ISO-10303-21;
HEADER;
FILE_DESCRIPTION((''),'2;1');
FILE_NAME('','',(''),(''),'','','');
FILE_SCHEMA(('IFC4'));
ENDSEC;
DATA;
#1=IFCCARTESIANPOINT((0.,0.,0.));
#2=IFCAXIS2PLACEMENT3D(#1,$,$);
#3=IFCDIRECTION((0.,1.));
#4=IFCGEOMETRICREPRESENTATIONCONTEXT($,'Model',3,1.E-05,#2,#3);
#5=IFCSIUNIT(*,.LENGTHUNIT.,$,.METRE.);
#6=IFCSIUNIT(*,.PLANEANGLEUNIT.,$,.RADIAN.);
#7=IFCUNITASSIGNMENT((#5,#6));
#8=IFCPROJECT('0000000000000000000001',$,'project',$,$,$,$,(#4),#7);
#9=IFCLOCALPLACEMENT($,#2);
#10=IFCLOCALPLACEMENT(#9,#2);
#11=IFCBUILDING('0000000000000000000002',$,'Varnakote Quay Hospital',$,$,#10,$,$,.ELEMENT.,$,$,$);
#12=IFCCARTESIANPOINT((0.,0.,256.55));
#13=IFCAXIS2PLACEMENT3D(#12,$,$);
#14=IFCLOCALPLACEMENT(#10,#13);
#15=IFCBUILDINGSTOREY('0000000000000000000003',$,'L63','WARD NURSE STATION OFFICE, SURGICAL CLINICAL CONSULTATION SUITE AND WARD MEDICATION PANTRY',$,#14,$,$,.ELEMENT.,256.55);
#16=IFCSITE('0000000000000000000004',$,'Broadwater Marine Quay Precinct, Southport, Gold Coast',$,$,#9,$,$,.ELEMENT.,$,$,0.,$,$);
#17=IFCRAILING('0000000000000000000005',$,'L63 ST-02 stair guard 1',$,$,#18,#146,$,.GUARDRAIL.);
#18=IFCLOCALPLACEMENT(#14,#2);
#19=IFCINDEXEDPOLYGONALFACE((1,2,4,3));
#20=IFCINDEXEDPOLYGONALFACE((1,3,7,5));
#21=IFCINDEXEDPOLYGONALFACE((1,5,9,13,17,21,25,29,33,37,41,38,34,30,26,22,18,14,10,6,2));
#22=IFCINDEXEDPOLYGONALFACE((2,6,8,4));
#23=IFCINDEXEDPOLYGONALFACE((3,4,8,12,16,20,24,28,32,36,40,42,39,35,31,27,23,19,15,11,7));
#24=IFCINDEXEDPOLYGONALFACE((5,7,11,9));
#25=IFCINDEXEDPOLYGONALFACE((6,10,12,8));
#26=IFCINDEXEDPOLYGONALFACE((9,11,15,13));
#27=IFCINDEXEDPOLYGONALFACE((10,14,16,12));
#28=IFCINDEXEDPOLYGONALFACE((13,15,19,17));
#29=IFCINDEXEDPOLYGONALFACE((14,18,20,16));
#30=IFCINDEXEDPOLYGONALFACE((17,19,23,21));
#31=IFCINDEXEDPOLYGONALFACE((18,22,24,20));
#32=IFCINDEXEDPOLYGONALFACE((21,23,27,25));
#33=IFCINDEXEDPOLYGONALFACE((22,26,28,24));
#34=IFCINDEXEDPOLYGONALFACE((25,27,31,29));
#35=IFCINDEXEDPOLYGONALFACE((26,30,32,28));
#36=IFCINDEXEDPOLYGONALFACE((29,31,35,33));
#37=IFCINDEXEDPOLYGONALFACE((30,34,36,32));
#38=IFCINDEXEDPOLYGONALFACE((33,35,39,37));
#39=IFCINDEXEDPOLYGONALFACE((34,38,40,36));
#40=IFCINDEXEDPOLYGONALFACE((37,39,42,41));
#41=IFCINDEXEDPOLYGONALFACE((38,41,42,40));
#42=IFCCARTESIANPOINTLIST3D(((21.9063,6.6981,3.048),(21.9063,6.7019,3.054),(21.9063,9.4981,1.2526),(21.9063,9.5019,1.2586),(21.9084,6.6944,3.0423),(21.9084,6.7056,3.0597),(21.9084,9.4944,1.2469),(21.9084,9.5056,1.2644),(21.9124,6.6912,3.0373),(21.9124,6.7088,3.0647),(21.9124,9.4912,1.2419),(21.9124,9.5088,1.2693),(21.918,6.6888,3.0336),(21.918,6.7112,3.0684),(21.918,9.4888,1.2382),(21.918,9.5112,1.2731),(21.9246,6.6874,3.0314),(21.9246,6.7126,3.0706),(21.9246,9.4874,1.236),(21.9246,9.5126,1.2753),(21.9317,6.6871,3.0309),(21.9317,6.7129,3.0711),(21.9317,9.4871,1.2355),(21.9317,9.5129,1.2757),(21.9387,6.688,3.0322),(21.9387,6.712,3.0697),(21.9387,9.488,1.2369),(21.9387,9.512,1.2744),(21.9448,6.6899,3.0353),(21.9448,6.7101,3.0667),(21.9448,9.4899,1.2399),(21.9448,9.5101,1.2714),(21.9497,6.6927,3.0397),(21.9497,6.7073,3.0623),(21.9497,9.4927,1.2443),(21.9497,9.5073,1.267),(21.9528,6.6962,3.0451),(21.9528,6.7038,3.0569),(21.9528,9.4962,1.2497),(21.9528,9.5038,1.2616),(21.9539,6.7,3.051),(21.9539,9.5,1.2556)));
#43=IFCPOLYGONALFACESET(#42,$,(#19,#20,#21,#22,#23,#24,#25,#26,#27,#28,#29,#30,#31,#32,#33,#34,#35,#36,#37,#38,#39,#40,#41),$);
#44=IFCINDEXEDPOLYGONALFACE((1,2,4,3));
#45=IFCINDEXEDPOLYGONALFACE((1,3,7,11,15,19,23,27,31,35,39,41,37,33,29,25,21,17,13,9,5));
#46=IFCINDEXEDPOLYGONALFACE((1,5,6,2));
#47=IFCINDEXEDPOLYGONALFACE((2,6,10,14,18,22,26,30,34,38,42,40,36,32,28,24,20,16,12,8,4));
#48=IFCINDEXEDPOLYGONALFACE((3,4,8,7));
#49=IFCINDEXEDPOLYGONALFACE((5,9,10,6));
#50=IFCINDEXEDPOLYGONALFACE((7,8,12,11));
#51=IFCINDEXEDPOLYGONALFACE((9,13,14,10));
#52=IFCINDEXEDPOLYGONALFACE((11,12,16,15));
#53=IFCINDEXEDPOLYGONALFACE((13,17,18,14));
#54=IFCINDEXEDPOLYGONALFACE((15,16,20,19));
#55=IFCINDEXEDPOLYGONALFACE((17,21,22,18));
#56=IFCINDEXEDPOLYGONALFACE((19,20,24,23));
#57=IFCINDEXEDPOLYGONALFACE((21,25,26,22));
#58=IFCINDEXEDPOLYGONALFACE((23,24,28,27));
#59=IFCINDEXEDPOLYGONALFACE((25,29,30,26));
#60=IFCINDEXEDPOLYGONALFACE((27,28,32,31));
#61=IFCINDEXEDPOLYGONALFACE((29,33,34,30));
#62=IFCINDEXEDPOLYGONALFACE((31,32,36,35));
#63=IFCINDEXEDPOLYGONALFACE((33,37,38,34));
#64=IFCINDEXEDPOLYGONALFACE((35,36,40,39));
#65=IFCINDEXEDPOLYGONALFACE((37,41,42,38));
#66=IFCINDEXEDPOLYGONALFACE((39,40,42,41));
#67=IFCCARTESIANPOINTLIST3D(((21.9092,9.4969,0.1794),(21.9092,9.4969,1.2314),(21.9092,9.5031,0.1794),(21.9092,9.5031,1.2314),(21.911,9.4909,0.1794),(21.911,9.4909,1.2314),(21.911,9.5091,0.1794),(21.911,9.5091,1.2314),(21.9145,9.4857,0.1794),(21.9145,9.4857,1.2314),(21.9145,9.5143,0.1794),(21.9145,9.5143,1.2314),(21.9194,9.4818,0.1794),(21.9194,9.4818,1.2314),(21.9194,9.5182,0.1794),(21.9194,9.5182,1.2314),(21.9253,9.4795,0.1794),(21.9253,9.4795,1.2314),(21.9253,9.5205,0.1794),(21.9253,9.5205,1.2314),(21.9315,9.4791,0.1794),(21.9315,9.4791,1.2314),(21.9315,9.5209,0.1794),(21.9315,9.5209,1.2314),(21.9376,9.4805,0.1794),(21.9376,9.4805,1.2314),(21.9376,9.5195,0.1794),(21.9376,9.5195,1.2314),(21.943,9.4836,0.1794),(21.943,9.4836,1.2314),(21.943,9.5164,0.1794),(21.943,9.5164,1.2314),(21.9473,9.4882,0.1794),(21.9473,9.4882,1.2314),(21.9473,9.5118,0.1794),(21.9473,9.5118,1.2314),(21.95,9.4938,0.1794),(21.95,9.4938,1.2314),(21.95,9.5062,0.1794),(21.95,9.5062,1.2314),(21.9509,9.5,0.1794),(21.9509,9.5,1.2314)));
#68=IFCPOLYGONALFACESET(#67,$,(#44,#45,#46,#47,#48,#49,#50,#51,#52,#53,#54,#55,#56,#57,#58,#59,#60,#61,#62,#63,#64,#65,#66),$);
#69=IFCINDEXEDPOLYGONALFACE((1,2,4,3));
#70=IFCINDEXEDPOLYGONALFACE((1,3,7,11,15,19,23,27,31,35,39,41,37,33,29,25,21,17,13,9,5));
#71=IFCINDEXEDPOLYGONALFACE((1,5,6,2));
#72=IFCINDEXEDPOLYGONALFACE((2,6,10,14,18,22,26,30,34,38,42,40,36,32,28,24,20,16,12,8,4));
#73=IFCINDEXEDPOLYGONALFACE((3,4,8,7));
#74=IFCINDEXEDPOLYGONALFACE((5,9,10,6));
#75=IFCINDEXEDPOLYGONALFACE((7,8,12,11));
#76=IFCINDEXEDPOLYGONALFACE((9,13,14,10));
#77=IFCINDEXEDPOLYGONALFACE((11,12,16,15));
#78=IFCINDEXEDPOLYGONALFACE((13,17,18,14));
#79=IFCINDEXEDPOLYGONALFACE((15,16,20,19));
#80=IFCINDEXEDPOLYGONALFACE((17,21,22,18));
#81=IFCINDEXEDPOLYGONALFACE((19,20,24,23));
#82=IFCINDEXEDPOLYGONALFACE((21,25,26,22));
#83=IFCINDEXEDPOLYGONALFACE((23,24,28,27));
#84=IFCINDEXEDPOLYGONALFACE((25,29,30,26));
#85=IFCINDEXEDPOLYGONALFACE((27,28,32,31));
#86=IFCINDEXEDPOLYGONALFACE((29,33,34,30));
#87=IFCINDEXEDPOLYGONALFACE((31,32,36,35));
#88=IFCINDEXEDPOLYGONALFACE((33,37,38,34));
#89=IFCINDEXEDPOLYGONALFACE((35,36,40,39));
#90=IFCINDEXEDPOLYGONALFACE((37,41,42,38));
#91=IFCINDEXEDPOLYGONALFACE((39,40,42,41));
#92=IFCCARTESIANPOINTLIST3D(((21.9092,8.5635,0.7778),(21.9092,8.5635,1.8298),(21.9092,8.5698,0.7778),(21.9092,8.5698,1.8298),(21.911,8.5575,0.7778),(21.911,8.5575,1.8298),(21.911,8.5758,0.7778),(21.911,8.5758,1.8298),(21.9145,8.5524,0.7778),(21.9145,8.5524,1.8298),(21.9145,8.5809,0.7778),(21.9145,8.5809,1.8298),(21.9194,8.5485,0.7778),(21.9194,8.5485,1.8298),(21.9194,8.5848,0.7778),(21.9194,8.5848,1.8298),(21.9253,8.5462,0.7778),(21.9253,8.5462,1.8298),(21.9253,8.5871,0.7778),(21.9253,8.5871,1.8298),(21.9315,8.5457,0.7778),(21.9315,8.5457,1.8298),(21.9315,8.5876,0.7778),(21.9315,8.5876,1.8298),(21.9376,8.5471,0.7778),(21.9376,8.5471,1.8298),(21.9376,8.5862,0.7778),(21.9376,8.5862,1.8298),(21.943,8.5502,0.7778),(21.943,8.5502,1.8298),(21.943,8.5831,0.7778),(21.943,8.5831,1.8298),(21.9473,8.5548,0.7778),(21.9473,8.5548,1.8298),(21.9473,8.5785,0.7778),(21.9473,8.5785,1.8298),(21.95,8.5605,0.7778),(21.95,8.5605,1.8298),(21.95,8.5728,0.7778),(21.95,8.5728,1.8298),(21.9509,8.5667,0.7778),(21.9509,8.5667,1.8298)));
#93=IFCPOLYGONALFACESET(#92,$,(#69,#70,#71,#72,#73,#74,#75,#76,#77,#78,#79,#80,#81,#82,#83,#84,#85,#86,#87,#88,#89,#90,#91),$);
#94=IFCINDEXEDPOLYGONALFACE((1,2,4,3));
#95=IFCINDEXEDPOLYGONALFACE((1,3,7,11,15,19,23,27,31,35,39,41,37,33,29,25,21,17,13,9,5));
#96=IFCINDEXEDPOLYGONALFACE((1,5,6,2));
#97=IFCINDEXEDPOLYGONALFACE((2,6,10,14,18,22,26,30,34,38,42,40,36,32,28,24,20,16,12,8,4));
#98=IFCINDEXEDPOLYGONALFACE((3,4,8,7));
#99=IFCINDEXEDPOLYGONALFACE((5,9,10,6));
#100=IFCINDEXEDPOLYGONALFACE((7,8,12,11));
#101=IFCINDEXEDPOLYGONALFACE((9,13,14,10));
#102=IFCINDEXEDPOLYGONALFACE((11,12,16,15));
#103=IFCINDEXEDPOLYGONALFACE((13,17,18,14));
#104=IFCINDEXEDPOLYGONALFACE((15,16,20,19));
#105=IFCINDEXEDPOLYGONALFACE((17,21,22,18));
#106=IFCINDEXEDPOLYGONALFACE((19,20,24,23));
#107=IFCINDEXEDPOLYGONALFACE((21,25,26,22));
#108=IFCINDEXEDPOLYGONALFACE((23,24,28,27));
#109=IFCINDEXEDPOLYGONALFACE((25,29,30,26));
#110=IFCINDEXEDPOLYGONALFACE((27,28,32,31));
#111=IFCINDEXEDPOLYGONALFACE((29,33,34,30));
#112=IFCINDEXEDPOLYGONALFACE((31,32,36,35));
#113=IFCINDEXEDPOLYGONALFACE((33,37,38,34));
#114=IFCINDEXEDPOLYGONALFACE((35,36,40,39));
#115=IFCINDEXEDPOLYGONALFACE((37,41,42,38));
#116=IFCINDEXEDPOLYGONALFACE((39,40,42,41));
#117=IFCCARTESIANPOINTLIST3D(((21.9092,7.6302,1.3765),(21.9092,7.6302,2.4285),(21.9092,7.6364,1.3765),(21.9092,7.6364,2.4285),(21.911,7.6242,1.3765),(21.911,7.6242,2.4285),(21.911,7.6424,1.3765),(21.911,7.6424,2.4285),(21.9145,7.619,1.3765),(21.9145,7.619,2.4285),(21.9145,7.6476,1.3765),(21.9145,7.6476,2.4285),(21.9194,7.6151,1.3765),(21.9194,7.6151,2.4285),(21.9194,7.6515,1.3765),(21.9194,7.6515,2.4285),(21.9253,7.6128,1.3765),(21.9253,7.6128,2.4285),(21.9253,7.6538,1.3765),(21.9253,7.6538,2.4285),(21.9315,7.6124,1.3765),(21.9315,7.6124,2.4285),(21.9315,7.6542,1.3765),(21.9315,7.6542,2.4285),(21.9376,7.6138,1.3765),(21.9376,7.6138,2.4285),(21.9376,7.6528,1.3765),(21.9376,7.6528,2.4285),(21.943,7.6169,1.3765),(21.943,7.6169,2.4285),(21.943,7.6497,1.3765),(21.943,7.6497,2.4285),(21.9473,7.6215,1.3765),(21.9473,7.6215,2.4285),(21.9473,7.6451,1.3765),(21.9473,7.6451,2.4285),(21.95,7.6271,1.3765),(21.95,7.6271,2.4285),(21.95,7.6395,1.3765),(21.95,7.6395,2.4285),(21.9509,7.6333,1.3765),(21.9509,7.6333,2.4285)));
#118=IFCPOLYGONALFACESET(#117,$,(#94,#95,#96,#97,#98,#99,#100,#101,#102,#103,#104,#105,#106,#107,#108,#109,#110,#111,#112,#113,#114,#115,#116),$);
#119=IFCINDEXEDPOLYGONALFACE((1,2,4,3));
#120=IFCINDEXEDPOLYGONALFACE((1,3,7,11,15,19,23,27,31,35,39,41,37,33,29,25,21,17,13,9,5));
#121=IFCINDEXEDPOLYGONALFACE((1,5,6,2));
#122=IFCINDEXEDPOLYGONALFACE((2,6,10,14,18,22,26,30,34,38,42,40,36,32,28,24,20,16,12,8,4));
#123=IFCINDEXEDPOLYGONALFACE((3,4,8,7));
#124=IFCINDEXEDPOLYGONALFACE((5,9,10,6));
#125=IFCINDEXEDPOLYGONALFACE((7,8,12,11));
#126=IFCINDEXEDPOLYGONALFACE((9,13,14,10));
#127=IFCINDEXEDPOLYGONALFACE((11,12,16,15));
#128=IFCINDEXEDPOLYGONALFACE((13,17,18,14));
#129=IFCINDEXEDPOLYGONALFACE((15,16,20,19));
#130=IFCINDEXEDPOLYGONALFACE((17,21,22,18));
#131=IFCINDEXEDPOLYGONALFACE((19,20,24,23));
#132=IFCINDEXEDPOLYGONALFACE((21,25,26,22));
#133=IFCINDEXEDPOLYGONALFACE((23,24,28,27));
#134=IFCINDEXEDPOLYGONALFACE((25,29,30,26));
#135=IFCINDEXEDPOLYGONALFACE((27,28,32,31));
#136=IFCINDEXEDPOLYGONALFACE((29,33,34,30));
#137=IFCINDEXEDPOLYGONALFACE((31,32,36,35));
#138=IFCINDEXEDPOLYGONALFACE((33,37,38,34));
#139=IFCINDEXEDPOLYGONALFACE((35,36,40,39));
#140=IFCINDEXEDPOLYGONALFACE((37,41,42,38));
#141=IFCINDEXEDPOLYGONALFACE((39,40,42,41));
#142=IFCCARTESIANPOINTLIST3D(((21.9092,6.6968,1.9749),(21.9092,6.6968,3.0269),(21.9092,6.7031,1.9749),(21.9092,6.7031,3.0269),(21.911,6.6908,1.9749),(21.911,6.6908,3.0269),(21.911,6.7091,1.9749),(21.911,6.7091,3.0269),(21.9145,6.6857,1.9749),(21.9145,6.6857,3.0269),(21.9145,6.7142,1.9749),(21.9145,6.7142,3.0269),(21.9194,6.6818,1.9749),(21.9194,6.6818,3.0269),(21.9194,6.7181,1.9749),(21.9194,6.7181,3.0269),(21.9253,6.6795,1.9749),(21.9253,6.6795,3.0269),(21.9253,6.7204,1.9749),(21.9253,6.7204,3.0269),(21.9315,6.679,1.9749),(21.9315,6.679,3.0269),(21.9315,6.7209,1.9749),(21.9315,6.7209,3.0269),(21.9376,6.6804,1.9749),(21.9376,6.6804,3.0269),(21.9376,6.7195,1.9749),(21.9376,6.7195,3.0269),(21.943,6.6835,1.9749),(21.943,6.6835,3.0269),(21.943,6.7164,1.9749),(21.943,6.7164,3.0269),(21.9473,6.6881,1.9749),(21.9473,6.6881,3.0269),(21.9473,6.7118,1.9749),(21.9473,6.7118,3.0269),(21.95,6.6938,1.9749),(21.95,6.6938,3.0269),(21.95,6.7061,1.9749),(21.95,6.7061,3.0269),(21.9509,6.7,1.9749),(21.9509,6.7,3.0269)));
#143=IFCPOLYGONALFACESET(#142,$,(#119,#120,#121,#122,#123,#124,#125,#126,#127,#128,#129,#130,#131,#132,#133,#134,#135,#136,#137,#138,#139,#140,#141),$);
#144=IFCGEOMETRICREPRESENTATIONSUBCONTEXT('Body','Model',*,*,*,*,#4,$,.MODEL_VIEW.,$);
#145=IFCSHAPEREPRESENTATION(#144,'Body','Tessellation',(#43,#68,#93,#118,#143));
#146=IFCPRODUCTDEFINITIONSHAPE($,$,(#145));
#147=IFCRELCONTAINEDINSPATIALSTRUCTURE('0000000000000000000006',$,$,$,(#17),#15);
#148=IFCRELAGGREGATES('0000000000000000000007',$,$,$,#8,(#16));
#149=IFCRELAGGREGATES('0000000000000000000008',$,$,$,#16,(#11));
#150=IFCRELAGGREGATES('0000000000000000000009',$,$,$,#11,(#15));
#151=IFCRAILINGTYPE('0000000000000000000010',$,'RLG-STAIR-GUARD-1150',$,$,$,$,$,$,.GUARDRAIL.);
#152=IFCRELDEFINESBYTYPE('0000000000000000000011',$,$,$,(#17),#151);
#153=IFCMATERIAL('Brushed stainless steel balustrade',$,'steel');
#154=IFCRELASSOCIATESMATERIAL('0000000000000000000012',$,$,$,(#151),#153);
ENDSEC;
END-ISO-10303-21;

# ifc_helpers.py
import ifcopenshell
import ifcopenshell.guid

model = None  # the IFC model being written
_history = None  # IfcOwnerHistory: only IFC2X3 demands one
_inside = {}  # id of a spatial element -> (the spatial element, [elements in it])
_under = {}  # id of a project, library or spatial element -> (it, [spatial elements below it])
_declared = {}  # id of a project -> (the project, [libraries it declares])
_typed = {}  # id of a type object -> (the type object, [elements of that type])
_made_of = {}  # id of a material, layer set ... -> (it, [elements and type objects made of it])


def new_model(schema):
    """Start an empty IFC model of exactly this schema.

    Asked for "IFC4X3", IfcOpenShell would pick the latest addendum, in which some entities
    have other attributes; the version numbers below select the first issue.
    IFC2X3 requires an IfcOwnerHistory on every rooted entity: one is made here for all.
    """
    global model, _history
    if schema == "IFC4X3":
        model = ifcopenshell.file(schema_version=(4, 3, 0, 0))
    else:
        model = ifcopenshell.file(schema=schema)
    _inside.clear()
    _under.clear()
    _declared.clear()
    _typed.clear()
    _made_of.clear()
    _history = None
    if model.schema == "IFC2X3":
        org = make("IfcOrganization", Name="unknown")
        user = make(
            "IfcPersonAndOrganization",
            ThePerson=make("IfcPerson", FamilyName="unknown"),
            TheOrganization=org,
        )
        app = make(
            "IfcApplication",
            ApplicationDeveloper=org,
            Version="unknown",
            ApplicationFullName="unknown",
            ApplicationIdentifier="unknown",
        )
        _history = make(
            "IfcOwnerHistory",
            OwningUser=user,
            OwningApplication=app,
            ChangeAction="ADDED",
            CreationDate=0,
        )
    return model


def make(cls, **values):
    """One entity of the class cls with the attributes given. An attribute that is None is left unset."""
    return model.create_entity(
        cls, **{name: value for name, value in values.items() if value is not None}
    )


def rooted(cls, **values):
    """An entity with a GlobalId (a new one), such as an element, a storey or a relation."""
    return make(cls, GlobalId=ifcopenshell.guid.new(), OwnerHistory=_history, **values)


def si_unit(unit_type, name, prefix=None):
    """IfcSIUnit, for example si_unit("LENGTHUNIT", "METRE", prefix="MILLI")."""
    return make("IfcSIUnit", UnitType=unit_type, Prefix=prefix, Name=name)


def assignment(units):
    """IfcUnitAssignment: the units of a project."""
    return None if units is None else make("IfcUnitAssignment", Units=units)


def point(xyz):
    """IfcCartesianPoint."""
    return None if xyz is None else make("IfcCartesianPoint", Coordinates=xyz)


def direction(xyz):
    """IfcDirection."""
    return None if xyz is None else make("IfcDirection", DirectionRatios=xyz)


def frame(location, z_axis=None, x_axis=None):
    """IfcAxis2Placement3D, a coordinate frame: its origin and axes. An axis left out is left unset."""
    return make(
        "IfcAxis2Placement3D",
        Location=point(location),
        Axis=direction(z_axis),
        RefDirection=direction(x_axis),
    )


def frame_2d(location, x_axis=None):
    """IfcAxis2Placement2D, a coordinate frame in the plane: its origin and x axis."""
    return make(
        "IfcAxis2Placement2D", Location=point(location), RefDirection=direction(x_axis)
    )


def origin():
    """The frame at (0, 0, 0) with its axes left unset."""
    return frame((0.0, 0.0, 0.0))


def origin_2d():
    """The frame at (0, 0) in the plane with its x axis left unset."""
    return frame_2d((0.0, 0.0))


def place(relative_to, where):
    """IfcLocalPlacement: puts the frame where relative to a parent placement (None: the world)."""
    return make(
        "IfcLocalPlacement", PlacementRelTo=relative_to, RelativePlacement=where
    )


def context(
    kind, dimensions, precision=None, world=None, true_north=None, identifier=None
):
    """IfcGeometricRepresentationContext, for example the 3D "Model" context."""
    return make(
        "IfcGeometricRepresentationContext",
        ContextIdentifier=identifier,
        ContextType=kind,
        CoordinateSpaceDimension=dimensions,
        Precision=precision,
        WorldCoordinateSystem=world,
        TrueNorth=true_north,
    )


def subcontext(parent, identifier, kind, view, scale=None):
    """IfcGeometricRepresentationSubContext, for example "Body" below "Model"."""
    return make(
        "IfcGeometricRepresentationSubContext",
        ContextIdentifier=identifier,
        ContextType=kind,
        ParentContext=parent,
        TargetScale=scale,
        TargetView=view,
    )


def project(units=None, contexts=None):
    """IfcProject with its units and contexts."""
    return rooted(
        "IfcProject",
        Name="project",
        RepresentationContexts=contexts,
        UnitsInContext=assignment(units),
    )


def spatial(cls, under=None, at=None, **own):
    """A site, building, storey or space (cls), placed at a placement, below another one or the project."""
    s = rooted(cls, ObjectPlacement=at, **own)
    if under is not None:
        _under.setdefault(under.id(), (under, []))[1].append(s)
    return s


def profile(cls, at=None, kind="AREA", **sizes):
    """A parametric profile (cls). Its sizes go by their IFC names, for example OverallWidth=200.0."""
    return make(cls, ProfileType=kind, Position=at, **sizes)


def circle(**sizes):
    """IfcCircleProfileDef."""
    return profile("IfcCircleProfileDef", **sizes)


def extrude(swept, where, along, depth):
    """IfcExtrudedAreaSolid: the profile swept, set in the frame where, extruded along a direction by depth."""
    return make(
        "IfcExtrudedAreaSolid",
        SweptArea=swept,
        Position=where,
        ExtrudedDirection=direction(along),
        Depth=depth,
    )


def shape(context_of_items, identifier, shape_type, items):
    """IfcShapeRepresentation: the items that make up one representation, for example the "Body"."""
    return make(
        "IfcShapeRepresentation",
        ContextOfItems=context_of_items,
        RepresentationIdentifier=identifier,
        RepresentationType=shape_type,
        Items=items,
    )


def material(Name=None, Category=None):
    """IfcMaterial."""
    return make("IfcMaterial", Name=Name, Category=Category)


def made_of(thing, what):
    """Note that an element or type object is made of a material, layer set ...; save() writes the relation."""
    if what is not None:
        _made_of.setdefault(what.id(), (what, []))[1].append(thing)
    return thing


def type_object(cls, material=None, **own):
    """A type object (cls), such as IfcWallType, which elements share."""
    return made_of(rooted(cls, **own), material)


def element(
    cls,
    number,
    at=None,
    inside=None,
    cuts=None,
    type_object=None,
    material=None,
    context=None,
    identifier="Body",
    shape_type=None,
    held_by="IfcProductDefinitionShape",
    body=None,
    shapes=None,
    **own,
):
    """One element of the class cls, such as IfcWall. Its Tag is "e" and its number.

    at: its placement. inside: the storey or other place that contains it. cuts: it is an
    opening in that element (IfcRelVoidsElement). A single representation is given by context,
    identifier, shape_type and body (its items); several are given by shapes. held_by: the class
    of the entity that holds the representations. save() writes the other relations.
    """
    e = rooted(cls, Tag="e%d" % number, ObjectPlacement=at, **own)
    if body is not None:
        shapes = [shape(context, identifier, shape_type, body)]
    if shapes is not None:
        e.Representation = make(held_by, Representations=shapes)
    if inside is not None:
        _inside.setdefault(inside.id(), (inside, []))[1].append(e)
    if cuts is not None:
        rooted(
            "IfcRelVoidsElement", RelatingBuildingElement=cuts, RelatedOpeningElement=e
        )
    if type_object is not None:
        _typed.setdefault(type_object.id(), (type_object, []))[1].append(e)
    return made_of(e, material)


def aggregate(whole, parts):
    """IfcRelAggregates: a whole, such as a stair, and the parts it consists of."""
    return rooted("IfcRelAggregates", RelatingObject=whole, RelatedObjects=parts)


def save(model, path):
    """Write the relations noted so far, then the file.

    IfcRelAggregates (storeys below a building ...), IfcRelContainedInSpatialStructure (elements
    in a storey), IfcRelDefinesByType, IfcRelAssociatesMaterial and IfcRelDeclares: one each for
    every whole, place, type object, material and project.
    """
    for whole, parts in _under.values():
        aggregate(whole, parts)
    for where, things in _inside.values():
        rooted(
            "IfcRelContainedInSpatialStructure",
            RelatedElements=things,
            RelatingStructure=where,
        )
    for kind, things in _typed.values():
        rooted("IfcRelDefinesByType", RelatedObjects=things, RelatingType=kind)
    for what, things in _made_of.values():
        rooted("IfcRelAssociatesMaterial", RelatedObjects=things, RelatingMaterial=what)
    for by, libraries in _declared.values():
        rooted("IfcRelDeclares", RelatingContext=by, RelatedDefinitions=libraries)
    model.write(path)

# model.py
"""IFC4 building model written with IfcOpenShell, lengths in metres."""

from ifc_helpers import new_model, si_unit, direction, frame, origin, origin_2d, place, context, subcontext, project, spatial, circle, extrude, material, type_object, element, save


model = new_model("IFC4")

# Units and contexts
model_context = context("Model", 3, precision=1e-05, world=origin(), true_north=direction((0.0, 1.0)))
body_context = subcontext(model_context, "Body", "Model", "MODEL_VIEW")
ifc_project = project(units=[si_unit("LENGTHUNIT", "METRE"), si_unit("PLANEANGLEUNIT", "RADIAN")], contexts=[model_context])

# Site, building, storey
site_placement = place(None, origin())
site = spatial("IfcSite", under=ifc_project, at=site_placement, Name="Broadwater Marine Quay Precinct, Southport, Gold Coast", CompositionType="ELEMENT", RefElevation=0.0)
building_placement = place(site_placement, origin())
building = spatial("IfcBuilding", under=site, at=building_placement, Name="Varnakote Quay Hospital", CompositionType="ELEMENT")
storey_placement = place(building_placement, frame((0.0, 0.0, 256.55)))
storey = spatial("IfcBuildingStorey", under=building, at=storey_placement, Name="L63", Description="WARD NURSE STATION OFFICE, SURGICAL CLINICAL CONSULTATION SUITE AND WARD MEDICATION PANTRY", CompositionType="ELEMENT", Elevation=256.55)

# Railing
ifc_material_1 = material(Name="Brushed stainless steel balustrade", Category="steel")
railing_type_1 = type_object("IfcRailingType", Name="RLG-STAIR-GUARD-1150", PredefinedType="GUARDRAIL", material=ifc_material_1)
railing_1_placement = place(storey_placement, frame((21.9299, 9.5, 0.1794)))
element("IfcRailing", 1, at=railing_1_placement, inside=storey, type_object=railing_type_1, Name="L63 ST-02 stair guard 1", PredefinedType="GUARDRAIL", context=body_context, shape_type="SweptSolid", body=[
    extrude(circle(Radius=0.0239, at=origin_2d()), frame((0.0, 0.0, 1.0762), z_axis=(0.0, -0.84181, 0.539774), x_axis=(1.0, 0.0, 0.0)), (0.0, 0.0, 1.0), 3.3262),
    extrude(circle(Radius=0.021, at=origin_2d()), origin(), (0.0, 0.0, 1.0), 1.052),
    extrude(circle(Radius=0.021, at=origin_2d()), frame((0.0, -0.9333, 0.5984)), (0.0, 0.0, 1.0), 1.052),
    extrude(circle(Radius=0.021, at=origin_2d()), frame((0.0, -1.8667, 1.197)), (0.0, 0.0, 1.0), 1.052),
    extrude(circle(Radius=0.021, at=origin_2d()), frame((0.0, -2.8, 1.7954)), (0.0, 0.0, 1.0), 1.052),
])

save(model, "model.ifc")
